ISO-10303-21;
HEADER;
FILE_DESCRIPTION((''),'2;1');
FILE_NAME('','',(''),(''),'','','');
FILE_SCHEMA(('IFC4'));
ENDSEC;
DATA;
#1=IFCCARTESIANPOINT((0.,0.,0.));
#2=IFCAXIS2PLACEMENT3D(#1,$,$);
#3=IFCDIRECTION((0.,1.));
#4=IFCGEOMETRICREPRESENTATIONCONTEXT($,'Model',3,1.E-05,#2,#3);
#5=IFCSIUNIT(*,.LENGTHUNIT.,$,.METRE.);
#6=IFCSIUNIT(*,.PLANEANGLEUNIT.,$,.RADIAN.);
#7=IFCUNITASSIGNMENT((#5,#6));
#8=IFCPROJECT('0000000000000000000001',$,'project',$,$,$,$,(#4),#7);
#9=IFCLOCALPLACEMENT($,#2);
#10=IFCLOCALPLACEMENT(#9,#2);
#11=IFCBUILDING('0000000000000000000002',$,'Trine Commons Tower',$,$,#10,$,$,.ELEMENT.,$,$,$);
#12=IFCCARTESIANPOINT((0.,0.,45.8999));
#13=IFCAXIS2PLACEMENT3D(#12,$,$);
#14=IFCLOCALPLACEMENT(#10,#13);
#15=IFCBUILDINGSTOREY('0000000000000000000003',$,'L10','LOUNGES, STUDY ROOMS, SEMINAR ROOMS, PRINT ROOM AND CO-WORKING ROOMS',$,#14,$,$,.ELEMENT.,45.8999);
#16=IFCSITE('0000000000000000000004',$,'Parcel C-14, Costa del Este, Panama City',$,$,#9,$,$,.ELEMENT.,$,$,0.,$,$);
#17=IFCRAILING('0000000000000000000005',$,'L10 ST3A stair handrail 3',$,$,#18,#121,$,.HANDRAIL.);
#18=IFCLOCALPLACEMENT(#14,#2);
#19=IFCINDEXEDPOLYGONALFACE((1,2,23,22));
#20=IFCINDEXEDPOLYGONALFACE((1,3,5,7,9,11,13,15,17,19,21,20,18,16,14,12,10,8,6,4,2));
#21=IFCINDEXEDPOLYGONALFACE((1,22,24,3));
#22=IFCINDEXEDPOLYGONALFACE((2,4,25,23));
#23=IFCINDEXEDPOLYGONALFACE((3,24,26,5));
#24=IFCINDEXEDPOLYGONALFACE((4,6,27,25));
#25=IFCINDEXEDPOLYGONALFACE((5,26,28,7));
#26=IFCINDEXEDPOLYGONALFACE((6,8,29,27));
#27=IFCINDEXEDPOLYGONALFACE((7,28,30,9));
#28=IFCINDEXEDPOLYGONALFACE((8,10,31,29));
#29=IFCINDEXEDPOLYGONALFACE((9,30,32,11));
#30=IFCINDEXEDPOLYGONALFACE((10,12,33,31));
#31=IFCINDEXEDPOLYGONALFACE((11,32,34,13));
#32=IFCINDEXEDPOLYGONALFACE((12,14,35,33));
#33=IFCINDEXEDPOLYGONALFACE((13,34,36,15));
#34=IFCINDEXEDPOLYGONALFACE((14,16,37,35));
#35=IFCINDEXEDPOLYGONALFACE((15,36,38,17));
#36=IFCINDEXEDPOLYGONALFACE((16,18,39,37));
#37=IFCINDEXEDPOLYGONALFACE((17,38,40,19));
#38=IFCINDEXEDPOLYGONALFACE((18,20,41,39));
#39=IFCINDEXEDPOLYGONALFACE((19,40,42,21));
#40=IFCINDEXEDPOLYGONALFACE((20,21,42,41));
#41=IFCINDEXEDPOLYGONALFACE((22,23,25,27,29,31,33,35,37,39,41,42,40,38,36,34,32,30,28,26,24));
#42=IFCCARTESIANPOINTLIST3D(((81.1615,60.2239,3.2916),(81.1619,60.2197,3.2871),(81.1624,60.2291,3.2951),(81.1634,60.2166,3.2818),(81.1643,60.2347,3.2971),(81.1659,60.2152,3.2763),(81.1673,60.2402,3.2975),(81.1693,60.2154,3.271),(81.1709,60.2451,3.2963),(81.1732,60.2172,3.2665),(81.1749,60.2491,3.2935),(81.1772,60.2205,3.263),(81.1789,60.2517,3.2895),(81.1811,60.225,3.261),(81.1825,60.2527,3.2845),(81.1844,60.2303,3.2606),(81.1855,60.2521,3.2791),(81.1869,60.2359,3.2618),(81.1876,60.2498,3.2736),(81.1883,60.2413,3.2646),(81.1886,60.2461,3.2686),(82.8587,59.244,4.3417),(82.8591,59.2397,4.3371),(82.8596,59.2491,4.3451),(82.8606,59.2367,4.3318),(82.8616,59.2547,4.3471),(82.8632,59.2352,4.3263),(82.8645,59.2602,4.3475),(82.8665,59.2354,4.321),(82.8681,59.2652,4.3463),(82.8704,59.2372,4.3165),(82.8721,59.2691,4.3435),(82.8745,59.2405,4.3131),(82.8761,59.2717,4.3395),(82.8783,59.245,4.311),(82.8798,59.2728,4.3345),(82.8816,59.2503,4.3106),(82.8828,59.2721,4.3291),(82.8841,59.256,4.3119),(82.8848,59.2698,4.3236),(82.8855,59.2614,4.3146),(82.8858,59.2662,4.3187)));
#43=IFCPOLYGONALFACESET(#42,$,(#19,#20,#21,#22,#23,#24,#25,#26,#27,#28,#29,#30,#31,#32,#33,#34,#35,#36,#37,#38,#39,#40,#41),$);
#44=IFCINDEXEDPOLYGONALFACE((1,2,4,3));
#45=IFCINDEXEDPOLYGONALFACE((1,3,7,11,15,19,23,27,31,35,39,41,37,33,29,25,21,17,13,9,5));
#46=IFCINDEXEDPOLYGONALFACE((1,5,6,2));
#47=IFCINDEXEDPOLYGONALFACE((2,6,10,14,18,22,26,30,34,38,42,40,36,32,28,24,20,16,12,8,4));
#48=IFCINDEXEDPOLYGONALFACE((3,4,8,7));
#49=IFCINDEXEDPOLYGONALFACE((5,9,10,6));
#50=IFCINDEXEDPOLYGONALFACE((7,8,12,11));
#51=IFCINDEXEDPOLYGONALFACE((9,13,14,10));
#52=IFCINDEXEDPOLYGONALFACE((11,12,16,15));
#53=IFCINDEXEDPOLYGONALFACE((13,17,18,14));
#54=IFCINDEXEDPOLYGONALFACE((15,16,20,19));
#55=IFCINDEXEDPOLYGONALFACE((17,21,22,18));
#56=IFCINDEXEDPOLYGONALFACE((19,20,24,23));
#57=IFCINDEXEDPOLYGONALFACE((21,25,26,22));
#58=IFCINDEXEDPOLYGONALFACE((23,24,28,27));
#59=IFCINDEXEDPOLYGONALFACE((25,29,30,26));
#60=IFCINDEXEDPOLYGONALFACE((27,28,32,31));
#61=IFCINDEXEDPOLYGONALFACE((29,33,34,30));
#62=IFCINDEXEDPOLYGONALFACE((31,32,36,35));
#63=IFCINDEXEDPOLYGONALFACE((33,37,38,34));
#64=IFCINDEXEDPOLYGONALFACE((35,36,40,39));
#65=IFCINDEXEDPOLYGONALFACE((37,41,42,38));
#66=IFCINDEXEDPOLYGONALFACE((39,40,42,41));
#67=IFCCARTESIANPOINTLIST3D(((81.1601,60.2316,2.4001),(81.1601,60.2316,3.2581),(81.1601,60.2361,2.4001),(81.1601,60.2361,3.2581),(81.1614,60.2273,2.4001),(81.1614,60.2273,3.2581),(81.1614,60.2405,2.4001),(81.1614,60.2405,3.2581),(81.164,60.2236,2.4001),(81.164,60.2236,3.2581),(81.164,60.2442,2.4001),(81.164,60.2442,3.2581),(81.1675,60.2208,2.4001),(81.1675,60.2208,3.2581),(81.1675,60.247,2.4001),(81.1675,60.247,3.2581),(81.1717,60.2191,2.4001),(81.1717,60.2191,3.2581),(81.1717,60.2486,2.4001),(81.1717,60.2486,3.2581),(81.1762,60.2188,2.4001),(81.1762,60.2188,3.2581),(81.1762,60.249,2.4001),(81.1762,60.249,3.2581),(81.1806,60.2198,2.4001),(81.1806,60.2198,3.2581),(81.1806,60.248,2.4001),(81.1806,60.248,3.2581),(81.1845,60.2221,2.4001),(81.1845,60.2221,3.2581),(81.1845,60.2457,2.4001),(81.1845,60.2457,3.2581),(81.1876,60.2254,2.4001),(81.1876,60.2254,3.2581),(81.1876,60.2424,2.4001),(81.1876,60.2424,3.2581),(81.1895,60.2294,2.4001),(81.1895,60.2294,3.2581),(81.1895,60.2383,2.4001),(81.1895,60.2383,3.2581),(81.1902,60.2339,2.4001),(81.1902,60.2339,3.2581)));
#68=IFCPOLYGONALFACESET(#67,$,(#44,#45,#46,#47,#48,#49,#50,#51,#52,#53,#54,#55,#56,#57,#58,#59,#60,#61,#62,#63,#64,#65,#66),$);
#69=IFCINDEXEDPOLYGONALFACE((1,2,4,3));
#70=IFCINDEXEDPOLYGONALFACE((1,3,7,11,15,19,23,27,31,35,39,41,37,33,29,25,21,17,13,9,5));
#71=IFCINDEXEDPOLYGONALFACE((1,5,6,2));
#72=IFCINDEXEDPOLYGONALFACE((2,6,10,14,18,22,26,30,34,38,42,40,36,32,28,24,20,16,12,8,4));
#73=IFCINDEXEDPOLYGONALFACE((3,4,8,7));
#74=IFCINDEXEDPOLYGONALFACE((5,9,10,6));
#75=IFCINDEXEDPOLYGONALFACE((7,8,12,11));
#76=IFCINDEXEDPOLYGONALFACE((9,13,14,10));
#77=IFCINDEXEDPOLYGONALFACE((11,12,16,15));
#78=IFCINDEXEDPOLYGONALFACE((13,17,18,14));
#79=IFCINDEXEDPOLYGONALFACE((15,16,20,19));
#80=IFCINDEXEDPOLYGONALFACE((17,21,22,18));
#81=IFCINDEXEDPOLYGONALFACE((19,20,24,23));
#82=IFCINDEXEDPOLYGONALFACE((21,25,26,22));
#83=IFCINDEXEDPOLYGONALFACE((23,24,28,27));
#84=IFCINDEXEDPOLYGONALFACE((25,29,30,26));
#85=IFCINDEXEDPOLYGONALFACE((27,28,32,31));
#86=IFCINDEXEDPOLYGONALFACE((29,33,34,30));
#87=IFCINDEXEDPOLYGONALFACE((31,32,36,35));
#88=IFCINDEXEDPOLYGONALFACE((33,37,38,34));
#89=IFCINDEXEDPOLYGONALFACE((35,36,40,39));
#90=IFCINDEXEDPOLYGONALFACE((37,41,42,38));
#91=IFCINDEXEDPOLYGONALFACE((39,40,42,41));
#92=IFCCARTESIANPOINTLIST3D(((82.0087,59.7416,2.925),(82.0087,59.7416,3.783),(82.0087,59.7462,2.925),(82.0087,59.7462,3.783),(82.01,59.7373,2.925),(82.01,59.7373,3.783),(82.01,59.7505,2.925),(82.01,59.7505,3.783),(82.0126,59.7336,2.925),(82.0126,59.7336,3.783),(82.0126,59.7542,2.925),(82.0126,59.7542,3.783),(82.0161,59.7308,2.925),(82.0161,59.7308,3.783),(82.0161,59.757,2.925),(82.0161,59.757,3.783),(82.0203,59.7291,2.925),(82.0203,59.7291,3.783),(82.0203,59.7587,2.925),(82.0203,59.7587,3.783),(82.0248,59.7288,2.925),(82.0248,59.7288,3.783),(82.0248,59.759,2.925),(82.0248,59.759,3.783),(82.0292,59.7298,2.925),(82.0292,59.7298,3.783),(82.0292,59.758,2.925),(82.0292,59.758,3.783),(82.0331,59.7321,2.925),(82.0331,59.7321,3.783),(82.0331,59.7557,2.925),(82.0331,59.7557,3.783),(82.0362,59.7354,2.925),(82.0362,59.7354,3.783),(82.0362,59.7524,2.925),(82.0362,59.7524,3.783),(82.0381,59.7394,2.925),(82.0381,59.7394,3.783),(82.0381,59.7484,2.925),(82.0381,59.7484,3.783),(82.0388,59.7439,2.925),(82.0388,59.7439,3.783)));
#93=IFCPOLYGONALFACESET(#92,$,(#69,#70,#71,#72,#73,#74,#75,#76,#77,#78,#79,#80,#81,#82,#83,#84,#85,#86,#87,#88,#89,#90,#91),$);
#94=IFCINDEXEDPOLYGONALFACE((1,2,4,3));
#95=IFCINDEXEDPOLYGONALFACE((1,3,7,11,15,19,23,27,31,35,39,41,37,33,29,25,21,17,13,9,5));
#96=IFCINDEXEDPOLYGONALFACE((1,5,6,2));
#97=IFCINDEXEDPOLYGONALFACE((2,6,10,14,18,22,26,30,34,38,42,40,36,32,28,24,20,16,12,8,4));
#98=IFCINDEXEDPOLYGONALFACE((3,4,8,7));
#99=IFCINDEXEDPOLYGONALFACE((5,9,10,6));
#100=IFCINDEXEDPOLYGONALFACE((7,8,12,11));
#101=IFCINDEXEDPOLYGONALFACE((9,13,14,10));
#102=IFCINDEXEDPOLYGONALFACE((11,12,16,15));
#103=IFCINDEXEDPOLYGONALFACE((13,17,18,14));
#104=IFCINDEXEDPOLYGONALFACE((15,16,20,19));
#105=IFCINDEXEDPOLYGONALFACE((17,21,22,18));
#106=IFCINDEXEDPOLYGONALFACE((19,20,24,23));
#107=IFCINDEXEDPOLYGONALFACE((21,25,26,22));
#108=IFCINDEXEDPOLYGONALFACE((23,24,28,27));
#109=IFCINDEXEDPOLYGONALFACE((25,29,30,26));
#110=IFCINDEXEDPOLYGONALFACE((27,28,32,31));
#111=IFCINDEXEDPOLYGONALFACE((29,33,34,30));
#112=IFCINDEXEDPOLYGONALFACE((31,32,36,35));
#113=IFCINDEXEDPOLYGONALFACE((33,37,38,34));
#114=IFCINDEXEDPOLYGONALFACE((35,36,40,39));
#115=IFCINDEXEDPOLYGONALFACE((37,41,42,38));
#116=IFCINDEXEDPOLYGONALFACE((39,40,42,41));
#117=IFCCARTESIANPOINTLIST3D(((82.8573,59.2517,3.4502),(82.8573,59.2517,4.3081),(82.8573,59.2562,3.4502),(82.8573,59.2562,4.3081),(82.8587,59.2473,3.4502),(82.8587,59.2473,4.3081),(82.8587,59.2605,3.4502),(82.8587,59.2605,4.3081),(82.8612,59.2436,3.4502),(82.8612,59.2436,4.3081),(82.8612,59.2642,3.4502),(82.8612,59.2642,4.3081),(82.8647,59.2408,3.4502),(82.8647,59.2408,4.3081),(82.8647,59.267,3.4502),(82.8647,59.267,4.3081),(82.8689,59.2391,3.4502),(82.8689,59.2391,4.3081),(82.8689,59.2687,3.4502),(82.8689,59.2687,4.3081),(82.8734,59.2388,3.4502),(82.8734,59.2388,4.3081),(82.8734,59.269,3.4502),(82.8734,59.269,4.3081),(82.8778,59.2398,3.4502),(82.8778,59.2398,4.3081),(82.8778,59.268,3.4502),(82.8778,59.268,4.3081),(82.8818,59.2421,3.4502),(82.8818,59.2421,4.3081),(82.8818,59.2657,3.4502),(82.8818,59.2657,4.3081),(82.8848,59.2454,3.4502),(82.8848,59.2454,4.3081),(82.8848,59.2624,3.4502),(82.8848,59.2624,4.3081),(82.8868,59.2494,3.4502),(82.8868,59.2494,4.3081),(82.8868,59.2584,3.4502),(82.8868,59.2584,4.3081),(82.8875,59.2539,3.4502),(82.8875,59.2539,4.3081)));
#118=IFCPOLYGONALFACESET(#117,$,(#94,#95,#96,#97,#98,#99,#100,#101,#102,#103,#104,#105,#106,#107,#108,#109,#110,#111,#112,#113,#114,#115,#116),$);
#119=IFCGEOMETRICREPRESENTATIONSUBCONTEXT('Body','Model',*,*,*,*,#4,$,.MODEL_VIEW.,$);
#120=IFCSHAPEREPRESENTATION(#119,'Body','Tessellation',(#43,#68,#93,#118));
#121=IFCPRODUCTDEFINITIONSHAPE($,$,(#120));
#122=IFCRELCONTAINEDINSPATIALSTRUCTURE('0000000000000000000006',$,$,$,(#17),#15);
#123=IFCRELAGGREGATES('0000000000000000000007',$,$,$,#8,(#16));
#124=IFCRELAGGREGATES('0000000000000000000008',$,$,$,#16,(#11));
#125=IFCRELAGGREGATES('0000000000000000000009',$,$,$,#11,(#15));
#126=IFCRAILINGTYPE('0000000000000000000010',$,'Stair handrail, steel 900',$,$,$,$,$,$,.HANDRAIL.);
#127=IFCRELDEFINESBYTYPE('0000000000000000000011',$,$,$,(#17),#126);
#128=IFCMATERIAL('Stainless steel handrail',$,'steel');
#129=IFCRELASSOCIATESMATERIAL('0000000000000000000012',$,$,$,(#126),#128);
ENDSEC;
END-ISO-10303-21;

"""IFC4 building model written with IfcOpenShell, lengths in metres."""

from ifc_helpers import new_model, si_unit, direction, frame, origin, origin_2d, place, context, subcontext, project, spatial, circle, extrude, material, type_object, element, save


model = new_model("IFC4")

# Units and contexts
model_context = context("Model", 3, precision=1e-05, world=origin(), true_north=direction((0.0, 1.0)))
body_context = subcontext(model_context, "Body", "Model", "MODEL_VIEW")
ifc_project = project(units=[si_unit("LENGTHUNIT", "METRE"), si_unit("PLANEANGLEUNIT", "RADIAN")], contexts=[model_context])

# Site, building, storey
site_placement = place(None, origin())
site = spatial("IfcSite", under=ifc_project, at=site_placement, Name="Parcel C-14, Costa del Este, Panama City", CompositionType="ELEMENT", RefElevation=0.0)
building_placement = place(site_placement, origin())
building = spatial("IfcBuilding", under=site, at=building_placement, Name="Trine Commons Tower", CompositionType="ELEMENT")
storey_placement = place(building_placement, frame((0.0, 0.0, 45.8999)))
storey = spatial("IfcBuildingStorey", under=building, at=storey_placement, Name="L10", Description="LOUNGES, STUDY ROOMS, SEMINAR ROOMS, PRINT ROOM AND CO-WORKING ROOMS", CompositionType="ELEMENT", Elevation=45.8999)

# Railing
ifc_material_1 = material(Name="Stainless steel handrail", Category="steel")
railing_type_1 = type_object("IfcRailingType", Name="Stair handrail, steel 900", PredefinedType="HANDRAIL", material=ifc_material_1)
railing_1_placement = place(storey_placement, frame((81.175, 60.2339, 2.4001)))
element("IfcRailing", 1, at=railing_1_placement, inside=storey, type_object=railing_type_1, Name="L10 ST3A stair handrail 3", PredefinedType="HANDRAIL", context=body_context, shape_type="SweptSolid", body=[
    extrude(circle(Radius=0.021, at=origin_2d()), frame((0.0, 0.0, 0.8789), z_axis=(0.763352, -0.44075, 0.472264), x_axis=(0.500024, 0.866011, 0.0)), (0.0, 0.0, 1.0), 2.2234),
    extrude(circle(Radius=0.0151, at=origin_2d()), origin(), (0.0, 0.0, 1.0), 0.8579),
    extrude(circle(Radius=0.0151, at=origin_2d()), frame((0.8486, -0.49, 0.5249)), (0.0, 0.0, 1.0), 0.8579),
    extrude(circle(Radius=0.0151, at=origin_2d()), frame((1.6973, -0.98, 1.05)), (0.0, 0.0, 1.0), 0.8579),
])

save(model, "model.ifc")
